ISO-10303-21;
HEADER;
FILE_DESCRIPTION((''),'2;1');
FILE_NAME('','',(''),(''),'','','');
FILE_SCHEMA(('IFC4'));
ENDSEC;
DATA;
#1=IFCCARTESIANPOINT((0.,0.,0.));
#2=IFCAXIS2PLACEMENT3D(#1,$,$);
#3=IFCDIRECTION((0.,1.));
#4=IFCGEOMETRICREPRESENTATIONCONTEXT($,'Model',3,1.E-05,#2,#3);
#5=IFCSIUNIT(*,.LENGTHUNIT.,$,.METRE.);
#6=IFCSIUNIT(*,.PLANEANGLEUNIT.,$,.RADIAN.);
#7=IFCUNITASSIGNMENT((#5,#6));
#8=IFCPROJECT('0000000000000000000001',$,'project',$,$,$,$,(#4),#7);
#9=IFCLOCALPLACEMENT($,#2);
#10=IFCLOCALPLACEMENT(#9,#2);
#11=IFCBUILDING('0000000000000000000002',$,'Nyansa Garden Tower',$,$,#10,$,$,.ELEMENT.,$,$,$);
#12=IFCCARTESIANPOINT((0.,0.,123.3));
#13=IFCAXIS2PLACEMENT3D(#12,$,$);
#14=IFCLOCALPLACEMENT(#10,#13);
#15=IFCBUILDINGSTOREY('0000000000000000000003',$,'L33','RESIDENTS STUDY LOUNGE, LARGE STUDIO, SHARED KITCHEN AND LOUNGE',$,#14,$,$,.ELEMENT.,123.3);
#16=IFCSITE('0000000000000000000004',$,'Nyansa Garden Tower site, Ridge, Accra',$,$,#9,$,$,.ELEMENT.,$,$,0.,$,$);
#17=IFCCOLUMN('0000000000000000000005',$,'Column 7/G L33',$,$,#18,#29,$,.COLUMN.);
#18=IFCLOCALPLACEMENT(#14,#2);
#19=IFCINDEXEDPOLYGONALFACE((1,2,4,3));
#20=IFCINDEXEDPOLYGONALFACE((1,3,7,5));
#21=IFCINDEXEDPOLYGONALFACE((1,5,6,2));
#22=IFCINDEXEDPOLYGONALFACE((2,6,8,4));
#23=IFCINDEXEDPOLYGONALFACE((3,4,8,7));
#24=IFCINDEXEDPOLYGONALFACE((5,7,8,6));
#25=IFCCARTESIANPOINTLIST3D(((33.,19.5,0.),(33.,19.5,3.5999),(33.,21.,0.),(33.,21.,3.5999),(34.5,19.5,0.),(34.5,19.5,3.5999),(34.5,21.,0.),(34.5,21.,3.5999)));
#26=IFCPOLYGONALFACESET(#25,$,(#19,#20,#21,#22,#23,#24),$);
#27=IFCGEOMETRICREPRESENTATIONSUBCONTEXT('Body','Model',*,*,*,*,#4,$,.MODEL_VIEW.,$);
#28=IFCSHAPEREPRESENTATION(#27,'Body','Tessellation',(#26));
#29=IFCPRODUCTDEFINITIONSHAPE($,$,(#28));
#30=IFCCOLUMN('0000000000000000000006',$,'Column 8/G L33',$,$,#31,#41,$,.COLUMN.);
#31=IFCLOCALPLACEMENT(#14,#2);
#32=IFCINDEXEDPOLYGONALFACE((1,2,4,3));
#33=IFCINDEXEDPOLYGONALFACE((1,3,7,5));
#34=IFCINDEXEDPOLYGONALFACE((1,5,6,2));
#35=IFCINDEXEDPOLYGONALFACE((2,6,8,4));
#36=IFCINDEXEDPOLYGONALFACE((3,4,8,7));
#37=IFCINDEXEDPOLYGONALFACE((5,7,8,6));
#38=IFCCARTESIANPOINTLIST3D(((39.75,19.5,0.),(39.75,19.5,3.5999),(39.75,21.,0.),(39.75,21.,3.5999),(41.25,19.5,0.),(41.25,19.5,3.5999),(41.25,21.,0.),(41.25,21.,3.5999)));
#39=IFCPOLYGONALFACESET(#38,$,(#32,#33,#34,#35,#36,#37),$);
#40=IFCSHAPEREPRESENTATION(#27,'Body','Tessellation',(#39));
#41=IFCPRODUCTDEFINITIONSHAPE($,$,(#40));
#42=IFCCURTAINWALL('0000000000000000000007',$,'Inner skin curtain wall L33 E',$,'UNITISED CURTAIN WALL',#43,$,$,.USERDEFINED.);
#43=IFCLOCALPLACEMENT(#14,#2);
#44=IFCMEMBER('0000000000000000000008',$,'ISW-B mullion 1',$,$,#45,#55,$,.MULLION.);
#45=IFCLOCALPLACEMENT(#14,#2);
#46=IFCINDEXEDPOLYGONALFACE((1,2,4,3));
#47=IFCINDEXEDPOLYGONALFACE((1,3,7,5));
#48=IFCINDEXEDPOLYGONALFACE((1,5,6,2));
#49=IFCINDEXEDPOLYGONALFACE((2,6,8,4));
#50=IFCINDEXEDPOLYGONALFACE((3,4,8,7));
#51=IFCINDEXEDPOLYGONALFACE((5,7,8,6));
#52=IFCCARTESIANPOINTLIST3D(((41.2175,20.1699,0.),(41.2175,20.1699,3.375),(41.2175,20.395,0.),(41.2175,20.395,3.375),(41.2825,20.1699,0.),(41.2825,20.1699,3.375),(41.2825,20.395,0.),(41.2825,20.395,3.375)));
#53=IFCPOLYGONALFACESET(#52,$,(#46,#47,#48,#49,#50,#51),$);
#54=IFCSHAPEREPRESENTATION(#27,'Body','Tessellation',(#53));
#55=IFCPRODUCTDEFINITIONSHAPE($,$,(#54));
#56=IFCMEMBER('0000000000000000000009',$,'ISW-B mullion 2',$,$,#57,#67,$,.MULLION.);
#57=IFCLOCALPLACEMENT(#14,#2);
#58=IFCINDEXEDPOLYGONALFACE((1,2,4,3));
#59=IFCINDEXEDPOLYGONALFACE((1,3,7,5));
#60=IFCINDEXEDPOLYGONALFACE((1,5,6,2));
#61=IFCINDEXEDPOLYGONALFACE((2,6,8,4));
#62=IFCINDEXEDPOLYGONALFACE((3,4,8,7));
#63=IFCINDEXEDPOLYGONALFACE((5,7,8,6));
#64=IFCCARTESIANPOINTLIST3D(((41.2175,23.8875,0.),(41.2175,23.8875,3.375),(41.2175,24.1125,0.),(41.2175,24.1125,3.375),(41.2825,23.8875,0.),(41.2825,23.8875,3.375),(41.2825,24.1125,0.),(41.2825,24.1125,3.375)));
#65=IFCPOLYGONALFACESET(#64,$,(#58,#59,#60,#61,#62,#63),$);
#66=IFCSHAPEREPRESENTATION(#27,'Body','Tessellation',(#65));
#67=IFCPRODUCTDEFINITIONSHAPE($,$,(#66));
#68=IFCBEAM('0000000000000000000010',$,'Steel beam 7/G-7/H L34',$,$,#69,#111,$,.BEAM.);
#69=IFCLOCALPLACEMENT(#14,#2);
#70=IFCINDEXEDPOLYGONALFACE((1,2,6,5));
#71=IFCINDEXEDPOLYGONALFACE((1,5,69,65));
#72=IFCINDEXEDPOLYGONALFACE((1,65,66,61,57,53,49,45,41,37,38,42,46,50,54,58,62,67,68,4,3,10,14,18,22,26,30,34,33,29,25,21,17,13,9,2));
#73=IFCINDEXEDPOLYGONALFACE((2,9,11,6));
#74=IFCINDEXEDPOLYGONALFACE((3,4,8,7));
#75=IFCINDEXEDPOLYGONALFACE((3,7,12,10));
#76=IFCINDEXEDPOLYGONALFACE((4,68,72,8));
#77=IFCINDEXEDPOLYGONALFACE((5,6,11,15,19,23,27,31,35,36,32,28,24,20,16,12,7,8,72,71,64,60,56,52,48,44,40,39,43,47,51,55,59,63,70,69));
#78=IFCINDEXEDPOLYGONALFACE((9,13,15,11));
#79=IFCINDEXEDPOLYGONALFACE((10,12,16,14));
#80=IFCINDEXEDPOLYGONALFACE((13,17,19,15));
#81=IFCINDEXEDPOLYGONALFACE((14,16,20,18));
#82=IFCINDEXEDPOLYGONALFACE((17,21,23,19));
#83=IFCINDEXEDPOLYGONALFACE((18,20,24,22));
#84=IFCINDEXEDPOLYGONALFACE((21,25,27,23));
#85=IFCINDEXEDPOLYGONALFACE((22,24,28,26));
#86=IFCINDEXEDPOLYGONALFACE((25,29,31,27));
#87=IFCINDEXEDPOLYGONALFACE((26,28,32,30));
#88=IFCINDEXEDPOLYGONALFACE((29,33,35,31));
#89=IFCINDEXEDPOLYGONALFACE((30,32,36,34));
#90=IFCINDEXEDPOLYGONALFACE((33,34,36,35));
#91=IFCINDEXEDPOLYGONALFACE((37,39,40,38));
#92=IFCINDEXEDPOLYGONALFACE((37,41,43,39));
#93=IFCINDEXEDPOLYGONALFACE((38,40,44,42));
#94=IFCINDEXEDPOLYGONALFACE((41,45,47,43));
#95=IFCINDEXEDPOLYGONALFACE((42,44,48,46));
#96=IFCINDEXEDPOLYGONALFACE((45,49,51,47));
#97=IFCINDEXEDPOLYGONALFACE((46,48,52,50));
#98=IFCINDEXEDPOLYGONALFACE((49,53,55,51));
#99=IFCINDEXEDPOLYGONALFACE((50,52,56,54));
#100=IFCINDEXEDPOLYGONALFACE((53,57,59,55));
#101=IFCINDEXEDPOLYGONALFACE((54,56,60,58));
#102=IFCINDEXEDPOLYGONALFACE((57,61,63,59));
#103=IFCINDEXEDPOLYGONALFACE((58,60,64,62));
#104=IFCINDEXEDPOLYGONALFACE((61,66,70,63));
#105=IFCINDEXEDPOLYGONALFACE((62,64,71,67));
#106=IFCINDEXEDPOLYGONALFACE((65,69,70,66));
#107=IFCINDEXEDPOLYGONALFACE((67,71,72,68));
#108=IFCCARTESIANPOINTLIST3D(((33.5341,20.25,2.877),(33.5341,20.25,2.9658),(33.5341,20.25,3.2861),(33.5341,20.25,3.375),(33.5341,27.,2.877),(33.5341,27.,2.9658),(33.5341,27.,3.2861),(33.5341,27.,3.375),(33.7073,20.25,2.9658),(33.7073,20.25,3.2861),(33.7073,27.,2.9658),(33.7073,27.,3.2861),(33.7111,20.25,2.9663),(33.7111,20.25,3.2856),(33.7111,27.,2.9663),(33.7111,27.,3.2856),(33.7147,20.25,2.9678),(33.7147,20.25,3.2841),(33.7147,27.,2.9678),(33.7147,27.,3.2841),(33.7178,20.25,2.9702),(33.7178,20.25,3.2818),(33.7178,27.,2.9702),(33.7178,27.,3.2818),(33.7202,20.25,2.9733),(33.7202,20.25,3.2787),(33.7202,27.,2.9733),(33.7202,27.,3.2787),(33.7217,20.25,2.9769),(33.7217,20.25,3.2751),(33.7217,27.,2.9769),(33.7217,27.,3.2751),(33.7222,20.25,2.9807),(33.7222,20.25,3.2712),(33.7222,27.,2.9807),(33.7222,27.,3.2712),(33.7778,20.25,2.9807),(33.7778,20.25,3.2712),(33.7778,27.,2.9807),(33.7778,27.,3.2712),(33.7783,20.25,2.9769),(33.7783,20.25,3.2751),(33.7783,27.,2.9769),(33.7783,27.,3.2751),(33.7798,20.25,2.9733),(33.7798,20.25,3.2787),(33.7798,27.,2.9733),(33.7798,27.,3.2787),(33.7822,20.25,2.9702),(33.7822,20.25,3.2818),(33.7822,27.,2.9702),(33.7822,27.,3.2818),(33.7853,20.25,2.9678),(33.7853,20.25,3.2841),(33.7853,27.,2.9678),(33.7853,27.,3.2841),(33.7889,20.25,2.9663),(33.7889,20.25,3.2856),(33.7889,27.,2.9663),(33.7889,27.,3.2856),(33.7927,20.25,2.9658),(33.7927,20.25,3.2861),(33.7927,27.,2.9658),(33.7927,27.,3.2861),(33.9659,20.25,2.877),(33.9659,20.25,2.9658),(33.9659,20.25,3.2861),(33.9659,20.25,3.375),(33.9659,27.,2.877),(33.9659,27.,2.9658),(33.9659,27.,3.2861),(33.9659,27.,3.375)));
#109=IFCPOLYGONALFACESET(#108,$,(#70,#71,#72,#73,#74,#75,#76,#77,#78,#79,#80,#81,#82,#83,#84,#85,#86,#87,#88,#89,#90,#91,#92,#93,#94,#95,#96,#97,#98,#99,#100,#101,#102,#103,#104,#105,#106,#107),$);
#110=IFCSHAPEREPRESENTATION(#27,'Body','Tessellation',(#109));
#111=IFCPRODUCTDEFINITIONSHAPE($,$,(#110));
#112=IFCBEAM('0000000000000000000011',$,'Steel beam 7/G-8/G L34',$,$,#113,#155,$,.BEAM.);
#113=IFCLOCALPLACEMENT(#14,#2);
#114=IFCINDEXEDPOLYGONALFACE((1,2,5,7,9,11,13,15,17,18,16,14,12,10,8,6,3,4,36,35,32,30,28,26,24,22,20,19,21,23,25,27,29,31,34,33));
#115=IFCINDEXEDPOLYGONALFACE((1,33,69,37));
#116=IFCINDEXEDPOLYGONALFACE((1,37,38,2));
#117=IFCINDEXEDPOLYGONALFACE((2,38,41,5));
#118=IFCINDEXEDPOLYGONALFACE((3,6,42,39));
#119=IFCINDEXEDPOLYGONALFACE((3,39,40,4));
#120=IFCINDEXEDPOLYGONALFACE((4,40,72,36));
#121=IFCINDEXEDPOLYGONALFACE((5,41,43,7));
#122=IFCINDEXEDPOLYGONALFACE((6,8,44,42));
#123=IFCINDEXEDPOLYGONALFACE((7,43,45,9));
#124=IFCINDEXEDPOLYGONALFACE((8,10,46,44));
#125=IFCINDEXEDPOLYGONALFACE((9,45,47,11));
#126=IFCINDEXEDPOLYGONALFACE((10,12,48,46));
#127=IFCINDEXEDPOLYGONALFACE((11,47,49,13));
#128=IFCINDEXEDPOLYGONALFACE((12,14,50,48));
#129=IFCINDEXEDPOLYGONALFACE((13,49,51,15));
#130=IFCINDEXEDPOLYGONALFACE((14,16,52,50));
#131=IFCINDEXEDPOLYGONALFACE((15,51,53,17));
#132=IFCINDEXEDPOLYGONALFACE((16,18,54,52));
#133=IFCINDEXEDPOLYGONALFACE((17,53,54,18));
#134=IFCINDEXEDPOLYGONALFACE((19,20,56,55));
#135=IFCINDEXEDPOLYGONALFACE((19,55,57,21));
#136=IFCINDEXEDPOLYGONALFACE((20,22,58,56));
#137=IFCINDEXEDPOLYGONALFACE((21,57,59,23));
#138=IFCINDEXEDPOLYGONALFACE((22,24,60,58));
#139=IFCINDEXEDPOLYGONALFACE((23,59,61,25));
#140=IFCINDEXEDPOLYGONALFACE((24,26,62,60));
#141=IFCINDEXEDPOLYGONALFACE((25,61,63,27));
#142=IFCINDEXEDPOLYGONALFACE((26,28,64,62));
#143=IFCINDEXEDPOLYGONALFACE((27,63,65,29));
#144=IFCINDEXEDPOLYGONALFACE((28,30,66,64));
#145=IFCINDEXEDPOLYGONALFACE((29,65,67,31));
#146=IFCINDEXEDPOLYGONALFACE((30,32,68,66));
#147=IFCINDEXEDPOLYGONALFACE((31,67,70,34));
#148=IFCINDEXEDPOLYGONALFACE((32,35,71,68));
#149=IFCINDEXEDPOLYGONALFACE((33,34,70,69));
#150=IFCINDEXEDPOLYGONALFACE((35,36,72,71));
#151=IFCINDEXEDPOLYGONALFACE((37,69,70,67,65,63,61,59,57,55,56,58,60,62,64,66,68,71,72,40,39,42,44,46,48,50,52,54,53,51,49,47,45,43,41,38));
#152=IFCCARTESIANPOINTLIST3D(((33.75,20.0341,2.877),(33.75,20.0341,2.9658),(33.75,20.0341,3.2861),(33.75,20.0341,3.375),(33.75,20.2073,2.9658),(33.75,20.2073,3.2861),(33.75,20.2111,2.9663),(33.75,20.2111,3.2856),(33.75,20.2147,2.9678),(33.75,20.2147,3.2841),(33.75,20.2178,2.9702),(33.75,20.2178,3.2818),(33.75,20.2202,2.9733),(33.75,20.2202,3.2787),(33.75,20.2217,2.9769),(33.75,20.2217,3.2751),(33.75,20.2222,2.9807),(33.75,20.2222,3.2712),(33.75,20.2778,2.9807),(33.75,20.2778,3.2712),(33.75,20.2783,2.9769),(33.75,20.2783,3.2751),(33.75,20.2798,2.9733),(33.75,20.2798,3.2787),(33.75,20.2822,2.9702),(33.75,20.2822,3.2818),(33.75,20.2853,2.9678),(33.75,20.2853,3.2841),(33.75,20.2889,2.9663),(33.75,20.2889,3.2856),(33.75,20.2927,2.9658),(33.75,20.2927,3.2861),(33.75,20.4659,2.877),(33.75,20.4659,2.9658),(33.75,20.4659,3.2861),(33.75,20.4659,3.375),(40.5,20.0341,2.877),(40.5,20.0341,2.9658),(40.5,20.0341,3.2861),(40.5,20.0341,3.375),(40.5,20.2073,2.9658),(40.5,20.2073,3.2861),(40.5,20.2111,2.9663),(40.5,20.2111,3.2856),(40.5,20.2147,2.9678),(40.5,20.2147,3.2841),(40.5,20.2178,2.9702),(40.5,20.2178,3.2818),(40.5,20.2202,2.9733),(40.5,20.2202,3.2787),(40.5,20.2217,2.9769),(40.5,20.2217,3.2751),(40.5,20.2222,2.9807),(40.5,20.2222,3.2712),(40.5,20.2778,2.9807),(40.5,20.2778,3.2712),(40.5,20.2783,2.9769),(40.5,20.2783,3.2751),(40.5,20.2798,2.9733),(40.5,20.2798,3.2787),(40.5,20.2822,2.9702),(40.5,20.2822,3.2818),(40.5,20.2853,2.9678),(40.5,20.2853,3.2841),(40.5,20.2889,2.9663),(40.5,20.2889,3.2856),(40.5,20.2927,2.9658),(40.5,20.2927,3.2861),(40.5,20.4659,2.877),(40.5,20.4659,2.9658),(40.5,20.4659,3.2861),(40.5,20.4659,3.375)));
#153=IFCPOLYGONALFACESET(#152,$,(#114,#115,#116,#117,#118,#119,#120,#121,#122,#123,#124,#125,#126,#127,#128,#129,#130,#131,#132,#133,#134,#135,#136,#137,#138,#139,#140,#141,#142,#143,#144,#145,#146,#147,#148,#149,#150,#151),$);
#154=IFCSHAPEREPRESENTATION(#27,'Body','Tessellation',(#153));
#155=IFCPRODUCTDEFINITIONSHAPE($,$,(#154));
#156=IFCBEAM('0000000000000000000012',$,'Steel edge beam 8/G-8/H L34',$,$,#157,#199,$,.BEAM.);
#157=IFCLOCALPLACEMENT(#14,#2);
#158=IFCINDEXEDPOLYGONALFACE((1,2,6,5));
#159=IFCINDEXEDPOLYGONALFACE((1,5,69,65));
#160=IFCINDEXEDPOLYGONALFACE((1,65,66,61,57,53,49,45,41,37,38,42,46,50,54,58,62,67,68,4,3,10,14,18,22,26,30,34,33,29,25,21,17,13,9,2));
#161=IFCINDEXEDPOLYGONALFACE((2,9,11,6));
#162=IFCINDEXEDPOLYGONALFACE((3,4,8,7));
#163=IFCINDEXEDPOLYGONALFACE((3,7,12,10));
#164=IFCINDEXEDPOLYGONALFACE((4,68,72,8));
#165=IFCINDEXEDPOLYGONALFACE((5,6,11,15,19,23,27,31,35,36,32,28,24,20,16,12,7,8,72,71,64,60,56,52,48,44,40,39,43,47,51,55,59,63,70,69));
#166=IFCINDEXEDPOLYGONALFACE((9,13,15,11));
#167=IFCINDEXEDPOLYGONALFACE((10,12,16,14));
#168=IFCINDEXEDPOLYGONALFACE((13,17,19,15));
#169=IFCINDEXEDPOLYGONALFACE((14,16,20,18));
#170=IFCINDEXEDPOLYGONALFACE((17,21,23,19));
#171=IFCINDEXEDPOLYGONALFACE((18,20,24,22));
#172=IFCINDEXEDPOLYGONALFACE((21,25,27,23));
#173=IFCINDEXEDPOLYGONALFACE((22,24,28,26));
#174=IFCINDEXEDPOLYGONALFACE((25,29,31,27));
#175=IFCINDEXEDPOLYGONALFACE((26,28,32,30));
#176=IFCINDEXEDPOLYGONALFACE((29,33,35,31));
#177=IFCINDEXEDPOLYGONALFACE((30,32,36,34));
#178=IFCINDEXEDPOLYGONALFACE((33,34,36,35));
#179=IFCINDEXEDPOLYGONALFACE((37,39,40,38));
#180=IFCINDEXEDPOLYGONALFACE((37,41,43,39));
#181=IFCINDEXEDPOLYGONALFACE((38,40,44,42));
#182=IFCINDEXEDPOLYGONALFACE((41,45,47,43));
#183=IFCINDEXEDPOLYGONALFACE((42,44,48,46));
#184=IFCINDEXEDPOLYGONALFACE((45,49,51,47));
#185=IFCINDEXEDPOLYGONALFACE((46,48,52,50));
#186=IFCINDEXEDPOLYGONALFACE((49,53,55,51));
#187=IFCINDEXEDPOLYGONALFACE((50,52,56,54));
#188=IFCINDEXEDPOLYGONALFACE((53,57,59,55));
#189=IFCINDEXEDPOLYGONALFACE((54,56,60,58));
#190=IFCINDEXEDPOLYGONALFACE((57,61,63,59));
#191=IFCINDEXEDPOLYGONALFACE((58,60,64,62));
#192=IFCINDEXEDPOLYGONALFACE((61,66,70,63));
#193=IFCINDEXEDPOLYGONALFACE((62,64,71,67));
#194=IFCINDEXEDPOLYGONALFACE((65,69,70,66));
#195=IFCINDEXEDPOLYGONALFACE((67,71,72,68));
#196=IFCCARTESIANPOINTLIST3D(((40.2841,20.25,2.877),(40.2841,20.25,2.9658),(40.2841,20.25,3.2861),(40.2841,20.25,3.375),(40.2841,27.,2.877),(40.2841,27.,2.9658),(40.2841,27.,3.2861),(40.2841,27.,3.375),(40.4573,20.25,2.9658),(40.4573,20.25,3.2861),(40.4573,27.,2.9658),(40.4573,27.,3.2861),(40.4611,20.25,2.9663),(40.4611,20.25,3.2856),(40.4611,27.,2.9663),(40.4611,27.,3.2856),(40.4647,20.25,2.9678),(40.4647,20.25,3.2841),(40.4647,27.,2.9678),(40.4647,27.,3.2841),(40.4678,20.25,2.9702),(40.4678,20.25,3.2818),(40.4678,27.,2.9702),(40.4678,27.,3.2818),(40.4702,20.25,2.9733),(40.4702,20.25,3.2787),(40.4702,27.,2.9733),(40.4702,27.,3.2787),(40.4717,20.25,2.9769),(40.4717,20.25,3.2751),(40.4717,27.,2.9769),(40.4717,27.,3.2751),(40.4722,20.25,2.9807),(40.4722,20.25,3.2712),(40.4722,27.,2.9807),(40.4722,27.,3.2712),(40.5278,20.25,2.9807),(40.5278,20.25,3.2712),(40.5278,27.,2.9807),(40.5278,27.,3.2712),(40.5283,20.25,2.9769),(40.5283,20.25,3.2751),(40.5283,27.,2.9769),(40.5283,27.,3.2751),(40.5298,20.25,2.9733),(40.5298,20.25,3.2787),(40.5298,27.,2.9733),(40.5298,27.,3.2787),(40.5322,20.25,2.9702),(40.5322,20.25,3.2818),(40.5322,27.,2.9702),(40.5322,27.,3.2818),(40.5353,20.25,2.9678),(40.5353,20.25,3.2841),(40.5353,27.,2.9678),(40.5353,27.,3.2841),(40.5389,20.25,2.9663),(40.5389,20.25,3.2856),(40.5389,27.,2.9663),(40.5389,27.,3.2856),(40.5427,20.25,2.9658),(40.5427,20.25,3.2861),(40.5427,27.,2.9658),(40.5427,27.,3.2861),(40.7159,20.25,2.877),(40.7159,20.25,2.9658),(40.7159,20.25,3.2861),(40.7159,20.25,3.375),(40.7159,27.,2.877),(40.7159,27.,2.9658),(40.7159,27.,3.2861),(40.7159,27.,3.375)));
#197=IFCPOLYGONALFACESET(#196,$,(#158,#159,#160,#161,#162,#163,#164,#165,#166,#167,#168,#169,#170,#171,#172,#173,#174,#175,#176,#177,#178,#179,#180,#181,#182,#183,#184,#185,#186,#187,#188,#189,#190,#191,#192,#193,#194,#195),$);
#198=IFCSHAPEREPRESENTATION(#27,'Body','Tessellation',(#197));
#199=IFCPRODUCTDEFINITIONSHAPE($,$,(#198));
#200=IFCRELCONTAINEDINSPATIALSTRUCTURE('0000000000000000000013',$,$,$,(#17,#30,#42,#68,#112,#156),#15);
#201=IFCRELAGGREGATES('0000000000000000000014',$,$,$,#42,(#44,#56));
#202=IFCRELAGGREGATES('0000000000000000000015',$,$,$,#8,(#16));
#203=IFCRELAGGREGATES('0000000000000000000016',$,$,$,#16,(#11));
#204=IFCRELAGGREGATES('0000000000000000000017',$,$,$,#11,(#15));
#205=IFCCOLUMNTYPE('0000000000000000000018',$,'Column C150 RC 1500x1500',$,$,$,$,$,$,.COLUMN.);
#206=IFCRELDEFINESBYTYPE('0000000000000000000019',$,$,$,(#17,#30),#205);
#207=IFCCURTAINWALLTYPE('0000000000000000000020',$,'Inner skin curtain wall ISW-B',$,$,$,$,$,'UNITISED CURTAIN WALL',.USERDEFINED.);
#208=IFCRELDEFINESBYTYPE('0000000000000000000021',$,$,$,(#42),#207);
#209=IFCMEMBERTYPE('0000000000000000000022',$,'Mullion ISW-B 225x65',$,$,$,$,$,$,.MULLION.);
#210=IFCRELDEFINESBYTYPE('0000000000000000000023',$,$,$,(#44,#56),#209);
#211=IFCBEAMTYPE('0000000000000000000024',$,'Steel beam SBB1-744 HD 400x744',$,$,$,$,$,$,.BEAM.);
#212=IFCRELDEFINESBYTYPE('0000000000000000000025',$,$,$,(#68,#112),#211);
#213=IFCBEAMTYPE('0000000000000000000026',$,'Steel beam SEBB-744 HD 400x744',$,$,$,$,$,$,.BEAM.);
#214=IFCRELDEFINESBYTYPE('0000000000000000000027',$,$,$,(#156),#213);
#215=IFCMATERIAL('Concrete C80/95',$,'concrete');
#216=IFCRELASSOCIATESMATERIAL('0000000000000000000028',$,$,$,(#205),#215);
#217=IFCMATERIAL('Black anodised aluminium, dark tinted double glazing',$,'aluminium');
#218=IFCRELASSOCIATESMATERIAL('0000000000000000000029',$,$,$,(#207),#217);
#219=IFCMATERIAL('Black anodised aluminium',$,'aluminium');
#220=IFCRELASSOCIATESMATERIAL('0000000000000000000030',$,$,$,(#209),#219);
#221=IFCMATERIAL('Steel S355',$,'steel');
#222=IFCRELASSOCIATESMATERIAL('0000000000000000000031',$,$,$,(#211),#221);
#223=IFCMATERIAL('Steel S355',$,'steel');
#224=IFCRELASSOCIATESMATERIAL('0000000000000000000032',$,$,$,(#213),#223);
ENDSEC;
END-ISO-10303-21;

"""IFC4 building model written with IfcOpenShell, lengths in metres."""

from ifc_helpers import new_model, si_unit, direction, frame, origin, origin_2d, place, context, subcontext, project, spatial, rectangle, i_section, extrude, material, material_profile, profile_set, type_object, element, aggregate, save


model = new_model("IFC4")

# Units and contexts
model_context = context("Model", 3, precision=1e-05, world=origin(), true_north=direction((0.0, 1.0)))
body_context = subcontext(model_context, "Body", "Model", "MODEL_VIEW")
ifc_project = project(units=[si_unit("LENGTHUNIT", "METRE"), si_unit("PLANEANGLEUNIT", "RADIAN")], contexts=[model_context])

# Site, building, storey
site_placement = place(None, origin())
site = spatial("IfcSite", under=ifc_project, at=site_placement, Name="Nyansa Garden Tower site, Ridge, Accra", CompositionType="ELEMENT", RefElevation=0.0)
building_placement = place(site_placement, origin())
building = spatial("IfcBuilding", under=site, at=building_placement, Name="Nyansa Garden Tower", CompositionType="ELEMENT")
storey_placement = place(building_placement, frame((0.0, 0.0, 123.3)))
storey = spatial("IfcBuildingStorey", under=building, at=storey_placement, Name="L33", Description="RESIDENTS STUDY LOUNGE, LARGE STUDIO, SHARED KITCHEN AND LOUNGE", CompositionType="ELEMENT", Elevation=123.3)

# Columns
ifc_material_1 = material(Name="Concrete C80/95", Category="concrete")
ifc_material_profile_1 = material_profile(ifc_material_1, rectangle(XDim=1.5, YDim=1.5, at=origin_2d()), Name="RC 1500x1500")
ifc_profile_set_1 = profile_set([ifc_material_profile_1], Name="Concrete C80/95")
column_type = type_object("IfcColumnType", Name="Column C150 RC 1500x1500", PredefinedType="COLUMN", material=ifc_profile_set_1)
for number, where, z_axis, x_axis, name in (
    (1, (33.75, 20.25, 0.0), (0.0, 0.0, 1.0), (1.0, 0.0, 0.0), "Column 7/G L33"),
    (2, (40.5, 20.25, 0.0), (0.0, 0.0, 1.0), (1.0, 0.0, 0.0), "Column 8/G L33"),
):
    element("IfcColumn", number, at=place(storey_placement, frame(where, z_axis=z_axis, x_axis=x_axis)), inside=storey, type_object=column_type, Name=name, PredefinedType="COLUMN", context=body_context, shape_type="SweptSolid", body=[
        extrude(rectangle(XDim=1.5, YDim=1.5, at=origin_2d()), origin(), (0.0, 0.0, 1.0), 3.5999),
    ])

# Curtain wall, members
ifc_material_2 = material(Name="Black anodised aluminium, dark tinted double glazing", Category="aluminium")
curtain_wall_type = type_object("IfcCurtainWallType", Name="Inner skin curtain wall ISW-B", ElementType="UNITISED CURTAIN WALL", PredefinedType="USERDEFINED", material=ifc_material_2)
curtain_wall_placement = place(storey_placement, origin())
curtain_wall = element("IfcCurtainWall", 3, at=curtain_wall_placement, inside=storey, type_object=curtain_wall_type, Name="Inner skin curtain wall L33 E", ObjectType="UNITISED CURTAIN WALL", PredefinedType="USERDEFINED")
ifc_material_3 = material(Name="Black anodised aluminium", Category="aluminium")
ifc_material_profile_2 = material_profile(ifc_material_3, rectangle(XDim=0.0649, YDim=0.2251, at=origin_2d()), Name="Mullion 225x65")
ifc_profile_set_2 = profile_set([ifc_material_profile_2], Name="Black anodised aluminium")
member_type_1 = type_object("IfcMemberType", Name="Mullion ISW-B 225x65", PredefinedType="MULLION", material=ifc_profile_set_2)
member_1_placement = place(storey_placement, frame((41.25, 20.2825, 0.0), z_axis=(0.0, 0.0, 1.0), x_axis=(-1.0, 0.0, 0.0)))
member_1 = element("IfcMember", 4, at=member_1_placement, type_object=member_type_1, Name="ISW-B mullion 1", PredefinedType="MULLION", context=body_context, shape_type="SweptSolid", body=[
    extrude(rectangle(XDim=0.0649, YDim=0.2251, at=origin_2d()), origin(), (0.0, 0.0, 1.0), 3.375),
])
member_2_placement = place(storey_placement, frame((41.25, 24.0, 0.0), z_axis=(0.0, 0.0, 1.0), x_axis=(-1.0, 0.0, 0.0)))
member_2 = element("IfcMember", 5, at=member_2_placement, type_object=member_type_1, Name="ISW-B mullion 2", PredefinedType="MULLION", context=body_context, shape_type="SweptSolid", body=[
    extrude(rectangle(XDim=0.0649, YDim=0.2251, at=origin_2d()), origin(), (0.0, 0.0, 1.0), 3.375),
])

# Beams
ifc_material_4 = material(Name="Steel S355", Category="steel")
ifc_material_profile_3 = material_profile(ifc_material_4, i_section(OverallWidth=0.4319, OverallDepth=0.498, WebThickness=0.0557, FlangeThickness=0.0889, FilletRadius=0.0149, at=origin_2d()), Name="HD 400x744")
ifc_profile_set_3 = profile_set([ifc_material_profile_3], Name="Steel S355")
beam_type_1 = type_object("IfcBeamType", Name="Steel beam SBB1-744 HD 400x744", PredefinedType="BEAM", material=ifc_profile_set_3)
for number, where, z_axis, x_axis, name in (
    (6, (33.75, 20.25, 3.126), (0.0, 1.0, 0.0), (-1.0, 0.0, 0.0), "Steel beam 7/G-7/H L34"),
    (7, (33.75, 20.25, 3.126), (1.0, 0.0, 0.0), (0.0, 1.0, 0.0), "Steel beam 7/G-8/G L34"),
):
    element("IfcBeam", number, at=place(storey_placement, frame(where, z_axis=z_axis, x_axis=x_axis)), inside=storey, type_object=beam_type_1, Name=name, PredefinedType="BEAM", context=body_context, shape_type="SweptSolid", body=[
        extrude(i_section(OverallWidth=0.4319, OverallDepth=0.498, WebThickness=0.0557, FlangeThickness=0.0889, FilletRadius=0.0149, at=origin_2d()), origin(), (0.0, 0.0, 1.0), 6.75),
    ])
ifc_material_5 = material(Name="Steel S355", Category="steel")
ifc_material_profile_4 = material_profile(ifc_material_5, i_section(OverallWidth=0.4319, OverallDepth=0.498, WebThickness=0.0557, FlangeThickness=0.0889, FilletRadius=0.0149, at=origin_2d()), Name="HD 400x744")
ifc_profile_set_4 = profile_set([ifc_material_profile_4], Name="Steel S355")
beam_type_2 = type_object("IfcBeamType", Name="Steel beam SEBB-744 HD 400x744", PredefinedType="BEAM", material=ifc_profile_set_4)
beam_placement = place(storey_placement, frame((40.5, 20.25, 3.126), z_axis=(0.0, 1.0, 0.0), x_axis=(-1.0, 0.0, 0.0)))
element("IfcBeam", 8, at=beam_placement, inside=storey, type_object=beam_type_2, Name="Steel edge beam 8/G-8/H L34", PredefinedType="BEAM", context=body_context, shape_type="SweptSolid", body=[
    extrude(i_section(OverallWidth=0.4319, OverallDepth=0.498, WebThickness=0.0557, FlangeThickness=0.0889, FilletRadius=0.0149, at=origin_2d()), origin(), (0.0, 0.0, 1.0), 6.75),
])

aggregate(curtain_wall, [member_1, member_2])

save(model, "model.ifc")
